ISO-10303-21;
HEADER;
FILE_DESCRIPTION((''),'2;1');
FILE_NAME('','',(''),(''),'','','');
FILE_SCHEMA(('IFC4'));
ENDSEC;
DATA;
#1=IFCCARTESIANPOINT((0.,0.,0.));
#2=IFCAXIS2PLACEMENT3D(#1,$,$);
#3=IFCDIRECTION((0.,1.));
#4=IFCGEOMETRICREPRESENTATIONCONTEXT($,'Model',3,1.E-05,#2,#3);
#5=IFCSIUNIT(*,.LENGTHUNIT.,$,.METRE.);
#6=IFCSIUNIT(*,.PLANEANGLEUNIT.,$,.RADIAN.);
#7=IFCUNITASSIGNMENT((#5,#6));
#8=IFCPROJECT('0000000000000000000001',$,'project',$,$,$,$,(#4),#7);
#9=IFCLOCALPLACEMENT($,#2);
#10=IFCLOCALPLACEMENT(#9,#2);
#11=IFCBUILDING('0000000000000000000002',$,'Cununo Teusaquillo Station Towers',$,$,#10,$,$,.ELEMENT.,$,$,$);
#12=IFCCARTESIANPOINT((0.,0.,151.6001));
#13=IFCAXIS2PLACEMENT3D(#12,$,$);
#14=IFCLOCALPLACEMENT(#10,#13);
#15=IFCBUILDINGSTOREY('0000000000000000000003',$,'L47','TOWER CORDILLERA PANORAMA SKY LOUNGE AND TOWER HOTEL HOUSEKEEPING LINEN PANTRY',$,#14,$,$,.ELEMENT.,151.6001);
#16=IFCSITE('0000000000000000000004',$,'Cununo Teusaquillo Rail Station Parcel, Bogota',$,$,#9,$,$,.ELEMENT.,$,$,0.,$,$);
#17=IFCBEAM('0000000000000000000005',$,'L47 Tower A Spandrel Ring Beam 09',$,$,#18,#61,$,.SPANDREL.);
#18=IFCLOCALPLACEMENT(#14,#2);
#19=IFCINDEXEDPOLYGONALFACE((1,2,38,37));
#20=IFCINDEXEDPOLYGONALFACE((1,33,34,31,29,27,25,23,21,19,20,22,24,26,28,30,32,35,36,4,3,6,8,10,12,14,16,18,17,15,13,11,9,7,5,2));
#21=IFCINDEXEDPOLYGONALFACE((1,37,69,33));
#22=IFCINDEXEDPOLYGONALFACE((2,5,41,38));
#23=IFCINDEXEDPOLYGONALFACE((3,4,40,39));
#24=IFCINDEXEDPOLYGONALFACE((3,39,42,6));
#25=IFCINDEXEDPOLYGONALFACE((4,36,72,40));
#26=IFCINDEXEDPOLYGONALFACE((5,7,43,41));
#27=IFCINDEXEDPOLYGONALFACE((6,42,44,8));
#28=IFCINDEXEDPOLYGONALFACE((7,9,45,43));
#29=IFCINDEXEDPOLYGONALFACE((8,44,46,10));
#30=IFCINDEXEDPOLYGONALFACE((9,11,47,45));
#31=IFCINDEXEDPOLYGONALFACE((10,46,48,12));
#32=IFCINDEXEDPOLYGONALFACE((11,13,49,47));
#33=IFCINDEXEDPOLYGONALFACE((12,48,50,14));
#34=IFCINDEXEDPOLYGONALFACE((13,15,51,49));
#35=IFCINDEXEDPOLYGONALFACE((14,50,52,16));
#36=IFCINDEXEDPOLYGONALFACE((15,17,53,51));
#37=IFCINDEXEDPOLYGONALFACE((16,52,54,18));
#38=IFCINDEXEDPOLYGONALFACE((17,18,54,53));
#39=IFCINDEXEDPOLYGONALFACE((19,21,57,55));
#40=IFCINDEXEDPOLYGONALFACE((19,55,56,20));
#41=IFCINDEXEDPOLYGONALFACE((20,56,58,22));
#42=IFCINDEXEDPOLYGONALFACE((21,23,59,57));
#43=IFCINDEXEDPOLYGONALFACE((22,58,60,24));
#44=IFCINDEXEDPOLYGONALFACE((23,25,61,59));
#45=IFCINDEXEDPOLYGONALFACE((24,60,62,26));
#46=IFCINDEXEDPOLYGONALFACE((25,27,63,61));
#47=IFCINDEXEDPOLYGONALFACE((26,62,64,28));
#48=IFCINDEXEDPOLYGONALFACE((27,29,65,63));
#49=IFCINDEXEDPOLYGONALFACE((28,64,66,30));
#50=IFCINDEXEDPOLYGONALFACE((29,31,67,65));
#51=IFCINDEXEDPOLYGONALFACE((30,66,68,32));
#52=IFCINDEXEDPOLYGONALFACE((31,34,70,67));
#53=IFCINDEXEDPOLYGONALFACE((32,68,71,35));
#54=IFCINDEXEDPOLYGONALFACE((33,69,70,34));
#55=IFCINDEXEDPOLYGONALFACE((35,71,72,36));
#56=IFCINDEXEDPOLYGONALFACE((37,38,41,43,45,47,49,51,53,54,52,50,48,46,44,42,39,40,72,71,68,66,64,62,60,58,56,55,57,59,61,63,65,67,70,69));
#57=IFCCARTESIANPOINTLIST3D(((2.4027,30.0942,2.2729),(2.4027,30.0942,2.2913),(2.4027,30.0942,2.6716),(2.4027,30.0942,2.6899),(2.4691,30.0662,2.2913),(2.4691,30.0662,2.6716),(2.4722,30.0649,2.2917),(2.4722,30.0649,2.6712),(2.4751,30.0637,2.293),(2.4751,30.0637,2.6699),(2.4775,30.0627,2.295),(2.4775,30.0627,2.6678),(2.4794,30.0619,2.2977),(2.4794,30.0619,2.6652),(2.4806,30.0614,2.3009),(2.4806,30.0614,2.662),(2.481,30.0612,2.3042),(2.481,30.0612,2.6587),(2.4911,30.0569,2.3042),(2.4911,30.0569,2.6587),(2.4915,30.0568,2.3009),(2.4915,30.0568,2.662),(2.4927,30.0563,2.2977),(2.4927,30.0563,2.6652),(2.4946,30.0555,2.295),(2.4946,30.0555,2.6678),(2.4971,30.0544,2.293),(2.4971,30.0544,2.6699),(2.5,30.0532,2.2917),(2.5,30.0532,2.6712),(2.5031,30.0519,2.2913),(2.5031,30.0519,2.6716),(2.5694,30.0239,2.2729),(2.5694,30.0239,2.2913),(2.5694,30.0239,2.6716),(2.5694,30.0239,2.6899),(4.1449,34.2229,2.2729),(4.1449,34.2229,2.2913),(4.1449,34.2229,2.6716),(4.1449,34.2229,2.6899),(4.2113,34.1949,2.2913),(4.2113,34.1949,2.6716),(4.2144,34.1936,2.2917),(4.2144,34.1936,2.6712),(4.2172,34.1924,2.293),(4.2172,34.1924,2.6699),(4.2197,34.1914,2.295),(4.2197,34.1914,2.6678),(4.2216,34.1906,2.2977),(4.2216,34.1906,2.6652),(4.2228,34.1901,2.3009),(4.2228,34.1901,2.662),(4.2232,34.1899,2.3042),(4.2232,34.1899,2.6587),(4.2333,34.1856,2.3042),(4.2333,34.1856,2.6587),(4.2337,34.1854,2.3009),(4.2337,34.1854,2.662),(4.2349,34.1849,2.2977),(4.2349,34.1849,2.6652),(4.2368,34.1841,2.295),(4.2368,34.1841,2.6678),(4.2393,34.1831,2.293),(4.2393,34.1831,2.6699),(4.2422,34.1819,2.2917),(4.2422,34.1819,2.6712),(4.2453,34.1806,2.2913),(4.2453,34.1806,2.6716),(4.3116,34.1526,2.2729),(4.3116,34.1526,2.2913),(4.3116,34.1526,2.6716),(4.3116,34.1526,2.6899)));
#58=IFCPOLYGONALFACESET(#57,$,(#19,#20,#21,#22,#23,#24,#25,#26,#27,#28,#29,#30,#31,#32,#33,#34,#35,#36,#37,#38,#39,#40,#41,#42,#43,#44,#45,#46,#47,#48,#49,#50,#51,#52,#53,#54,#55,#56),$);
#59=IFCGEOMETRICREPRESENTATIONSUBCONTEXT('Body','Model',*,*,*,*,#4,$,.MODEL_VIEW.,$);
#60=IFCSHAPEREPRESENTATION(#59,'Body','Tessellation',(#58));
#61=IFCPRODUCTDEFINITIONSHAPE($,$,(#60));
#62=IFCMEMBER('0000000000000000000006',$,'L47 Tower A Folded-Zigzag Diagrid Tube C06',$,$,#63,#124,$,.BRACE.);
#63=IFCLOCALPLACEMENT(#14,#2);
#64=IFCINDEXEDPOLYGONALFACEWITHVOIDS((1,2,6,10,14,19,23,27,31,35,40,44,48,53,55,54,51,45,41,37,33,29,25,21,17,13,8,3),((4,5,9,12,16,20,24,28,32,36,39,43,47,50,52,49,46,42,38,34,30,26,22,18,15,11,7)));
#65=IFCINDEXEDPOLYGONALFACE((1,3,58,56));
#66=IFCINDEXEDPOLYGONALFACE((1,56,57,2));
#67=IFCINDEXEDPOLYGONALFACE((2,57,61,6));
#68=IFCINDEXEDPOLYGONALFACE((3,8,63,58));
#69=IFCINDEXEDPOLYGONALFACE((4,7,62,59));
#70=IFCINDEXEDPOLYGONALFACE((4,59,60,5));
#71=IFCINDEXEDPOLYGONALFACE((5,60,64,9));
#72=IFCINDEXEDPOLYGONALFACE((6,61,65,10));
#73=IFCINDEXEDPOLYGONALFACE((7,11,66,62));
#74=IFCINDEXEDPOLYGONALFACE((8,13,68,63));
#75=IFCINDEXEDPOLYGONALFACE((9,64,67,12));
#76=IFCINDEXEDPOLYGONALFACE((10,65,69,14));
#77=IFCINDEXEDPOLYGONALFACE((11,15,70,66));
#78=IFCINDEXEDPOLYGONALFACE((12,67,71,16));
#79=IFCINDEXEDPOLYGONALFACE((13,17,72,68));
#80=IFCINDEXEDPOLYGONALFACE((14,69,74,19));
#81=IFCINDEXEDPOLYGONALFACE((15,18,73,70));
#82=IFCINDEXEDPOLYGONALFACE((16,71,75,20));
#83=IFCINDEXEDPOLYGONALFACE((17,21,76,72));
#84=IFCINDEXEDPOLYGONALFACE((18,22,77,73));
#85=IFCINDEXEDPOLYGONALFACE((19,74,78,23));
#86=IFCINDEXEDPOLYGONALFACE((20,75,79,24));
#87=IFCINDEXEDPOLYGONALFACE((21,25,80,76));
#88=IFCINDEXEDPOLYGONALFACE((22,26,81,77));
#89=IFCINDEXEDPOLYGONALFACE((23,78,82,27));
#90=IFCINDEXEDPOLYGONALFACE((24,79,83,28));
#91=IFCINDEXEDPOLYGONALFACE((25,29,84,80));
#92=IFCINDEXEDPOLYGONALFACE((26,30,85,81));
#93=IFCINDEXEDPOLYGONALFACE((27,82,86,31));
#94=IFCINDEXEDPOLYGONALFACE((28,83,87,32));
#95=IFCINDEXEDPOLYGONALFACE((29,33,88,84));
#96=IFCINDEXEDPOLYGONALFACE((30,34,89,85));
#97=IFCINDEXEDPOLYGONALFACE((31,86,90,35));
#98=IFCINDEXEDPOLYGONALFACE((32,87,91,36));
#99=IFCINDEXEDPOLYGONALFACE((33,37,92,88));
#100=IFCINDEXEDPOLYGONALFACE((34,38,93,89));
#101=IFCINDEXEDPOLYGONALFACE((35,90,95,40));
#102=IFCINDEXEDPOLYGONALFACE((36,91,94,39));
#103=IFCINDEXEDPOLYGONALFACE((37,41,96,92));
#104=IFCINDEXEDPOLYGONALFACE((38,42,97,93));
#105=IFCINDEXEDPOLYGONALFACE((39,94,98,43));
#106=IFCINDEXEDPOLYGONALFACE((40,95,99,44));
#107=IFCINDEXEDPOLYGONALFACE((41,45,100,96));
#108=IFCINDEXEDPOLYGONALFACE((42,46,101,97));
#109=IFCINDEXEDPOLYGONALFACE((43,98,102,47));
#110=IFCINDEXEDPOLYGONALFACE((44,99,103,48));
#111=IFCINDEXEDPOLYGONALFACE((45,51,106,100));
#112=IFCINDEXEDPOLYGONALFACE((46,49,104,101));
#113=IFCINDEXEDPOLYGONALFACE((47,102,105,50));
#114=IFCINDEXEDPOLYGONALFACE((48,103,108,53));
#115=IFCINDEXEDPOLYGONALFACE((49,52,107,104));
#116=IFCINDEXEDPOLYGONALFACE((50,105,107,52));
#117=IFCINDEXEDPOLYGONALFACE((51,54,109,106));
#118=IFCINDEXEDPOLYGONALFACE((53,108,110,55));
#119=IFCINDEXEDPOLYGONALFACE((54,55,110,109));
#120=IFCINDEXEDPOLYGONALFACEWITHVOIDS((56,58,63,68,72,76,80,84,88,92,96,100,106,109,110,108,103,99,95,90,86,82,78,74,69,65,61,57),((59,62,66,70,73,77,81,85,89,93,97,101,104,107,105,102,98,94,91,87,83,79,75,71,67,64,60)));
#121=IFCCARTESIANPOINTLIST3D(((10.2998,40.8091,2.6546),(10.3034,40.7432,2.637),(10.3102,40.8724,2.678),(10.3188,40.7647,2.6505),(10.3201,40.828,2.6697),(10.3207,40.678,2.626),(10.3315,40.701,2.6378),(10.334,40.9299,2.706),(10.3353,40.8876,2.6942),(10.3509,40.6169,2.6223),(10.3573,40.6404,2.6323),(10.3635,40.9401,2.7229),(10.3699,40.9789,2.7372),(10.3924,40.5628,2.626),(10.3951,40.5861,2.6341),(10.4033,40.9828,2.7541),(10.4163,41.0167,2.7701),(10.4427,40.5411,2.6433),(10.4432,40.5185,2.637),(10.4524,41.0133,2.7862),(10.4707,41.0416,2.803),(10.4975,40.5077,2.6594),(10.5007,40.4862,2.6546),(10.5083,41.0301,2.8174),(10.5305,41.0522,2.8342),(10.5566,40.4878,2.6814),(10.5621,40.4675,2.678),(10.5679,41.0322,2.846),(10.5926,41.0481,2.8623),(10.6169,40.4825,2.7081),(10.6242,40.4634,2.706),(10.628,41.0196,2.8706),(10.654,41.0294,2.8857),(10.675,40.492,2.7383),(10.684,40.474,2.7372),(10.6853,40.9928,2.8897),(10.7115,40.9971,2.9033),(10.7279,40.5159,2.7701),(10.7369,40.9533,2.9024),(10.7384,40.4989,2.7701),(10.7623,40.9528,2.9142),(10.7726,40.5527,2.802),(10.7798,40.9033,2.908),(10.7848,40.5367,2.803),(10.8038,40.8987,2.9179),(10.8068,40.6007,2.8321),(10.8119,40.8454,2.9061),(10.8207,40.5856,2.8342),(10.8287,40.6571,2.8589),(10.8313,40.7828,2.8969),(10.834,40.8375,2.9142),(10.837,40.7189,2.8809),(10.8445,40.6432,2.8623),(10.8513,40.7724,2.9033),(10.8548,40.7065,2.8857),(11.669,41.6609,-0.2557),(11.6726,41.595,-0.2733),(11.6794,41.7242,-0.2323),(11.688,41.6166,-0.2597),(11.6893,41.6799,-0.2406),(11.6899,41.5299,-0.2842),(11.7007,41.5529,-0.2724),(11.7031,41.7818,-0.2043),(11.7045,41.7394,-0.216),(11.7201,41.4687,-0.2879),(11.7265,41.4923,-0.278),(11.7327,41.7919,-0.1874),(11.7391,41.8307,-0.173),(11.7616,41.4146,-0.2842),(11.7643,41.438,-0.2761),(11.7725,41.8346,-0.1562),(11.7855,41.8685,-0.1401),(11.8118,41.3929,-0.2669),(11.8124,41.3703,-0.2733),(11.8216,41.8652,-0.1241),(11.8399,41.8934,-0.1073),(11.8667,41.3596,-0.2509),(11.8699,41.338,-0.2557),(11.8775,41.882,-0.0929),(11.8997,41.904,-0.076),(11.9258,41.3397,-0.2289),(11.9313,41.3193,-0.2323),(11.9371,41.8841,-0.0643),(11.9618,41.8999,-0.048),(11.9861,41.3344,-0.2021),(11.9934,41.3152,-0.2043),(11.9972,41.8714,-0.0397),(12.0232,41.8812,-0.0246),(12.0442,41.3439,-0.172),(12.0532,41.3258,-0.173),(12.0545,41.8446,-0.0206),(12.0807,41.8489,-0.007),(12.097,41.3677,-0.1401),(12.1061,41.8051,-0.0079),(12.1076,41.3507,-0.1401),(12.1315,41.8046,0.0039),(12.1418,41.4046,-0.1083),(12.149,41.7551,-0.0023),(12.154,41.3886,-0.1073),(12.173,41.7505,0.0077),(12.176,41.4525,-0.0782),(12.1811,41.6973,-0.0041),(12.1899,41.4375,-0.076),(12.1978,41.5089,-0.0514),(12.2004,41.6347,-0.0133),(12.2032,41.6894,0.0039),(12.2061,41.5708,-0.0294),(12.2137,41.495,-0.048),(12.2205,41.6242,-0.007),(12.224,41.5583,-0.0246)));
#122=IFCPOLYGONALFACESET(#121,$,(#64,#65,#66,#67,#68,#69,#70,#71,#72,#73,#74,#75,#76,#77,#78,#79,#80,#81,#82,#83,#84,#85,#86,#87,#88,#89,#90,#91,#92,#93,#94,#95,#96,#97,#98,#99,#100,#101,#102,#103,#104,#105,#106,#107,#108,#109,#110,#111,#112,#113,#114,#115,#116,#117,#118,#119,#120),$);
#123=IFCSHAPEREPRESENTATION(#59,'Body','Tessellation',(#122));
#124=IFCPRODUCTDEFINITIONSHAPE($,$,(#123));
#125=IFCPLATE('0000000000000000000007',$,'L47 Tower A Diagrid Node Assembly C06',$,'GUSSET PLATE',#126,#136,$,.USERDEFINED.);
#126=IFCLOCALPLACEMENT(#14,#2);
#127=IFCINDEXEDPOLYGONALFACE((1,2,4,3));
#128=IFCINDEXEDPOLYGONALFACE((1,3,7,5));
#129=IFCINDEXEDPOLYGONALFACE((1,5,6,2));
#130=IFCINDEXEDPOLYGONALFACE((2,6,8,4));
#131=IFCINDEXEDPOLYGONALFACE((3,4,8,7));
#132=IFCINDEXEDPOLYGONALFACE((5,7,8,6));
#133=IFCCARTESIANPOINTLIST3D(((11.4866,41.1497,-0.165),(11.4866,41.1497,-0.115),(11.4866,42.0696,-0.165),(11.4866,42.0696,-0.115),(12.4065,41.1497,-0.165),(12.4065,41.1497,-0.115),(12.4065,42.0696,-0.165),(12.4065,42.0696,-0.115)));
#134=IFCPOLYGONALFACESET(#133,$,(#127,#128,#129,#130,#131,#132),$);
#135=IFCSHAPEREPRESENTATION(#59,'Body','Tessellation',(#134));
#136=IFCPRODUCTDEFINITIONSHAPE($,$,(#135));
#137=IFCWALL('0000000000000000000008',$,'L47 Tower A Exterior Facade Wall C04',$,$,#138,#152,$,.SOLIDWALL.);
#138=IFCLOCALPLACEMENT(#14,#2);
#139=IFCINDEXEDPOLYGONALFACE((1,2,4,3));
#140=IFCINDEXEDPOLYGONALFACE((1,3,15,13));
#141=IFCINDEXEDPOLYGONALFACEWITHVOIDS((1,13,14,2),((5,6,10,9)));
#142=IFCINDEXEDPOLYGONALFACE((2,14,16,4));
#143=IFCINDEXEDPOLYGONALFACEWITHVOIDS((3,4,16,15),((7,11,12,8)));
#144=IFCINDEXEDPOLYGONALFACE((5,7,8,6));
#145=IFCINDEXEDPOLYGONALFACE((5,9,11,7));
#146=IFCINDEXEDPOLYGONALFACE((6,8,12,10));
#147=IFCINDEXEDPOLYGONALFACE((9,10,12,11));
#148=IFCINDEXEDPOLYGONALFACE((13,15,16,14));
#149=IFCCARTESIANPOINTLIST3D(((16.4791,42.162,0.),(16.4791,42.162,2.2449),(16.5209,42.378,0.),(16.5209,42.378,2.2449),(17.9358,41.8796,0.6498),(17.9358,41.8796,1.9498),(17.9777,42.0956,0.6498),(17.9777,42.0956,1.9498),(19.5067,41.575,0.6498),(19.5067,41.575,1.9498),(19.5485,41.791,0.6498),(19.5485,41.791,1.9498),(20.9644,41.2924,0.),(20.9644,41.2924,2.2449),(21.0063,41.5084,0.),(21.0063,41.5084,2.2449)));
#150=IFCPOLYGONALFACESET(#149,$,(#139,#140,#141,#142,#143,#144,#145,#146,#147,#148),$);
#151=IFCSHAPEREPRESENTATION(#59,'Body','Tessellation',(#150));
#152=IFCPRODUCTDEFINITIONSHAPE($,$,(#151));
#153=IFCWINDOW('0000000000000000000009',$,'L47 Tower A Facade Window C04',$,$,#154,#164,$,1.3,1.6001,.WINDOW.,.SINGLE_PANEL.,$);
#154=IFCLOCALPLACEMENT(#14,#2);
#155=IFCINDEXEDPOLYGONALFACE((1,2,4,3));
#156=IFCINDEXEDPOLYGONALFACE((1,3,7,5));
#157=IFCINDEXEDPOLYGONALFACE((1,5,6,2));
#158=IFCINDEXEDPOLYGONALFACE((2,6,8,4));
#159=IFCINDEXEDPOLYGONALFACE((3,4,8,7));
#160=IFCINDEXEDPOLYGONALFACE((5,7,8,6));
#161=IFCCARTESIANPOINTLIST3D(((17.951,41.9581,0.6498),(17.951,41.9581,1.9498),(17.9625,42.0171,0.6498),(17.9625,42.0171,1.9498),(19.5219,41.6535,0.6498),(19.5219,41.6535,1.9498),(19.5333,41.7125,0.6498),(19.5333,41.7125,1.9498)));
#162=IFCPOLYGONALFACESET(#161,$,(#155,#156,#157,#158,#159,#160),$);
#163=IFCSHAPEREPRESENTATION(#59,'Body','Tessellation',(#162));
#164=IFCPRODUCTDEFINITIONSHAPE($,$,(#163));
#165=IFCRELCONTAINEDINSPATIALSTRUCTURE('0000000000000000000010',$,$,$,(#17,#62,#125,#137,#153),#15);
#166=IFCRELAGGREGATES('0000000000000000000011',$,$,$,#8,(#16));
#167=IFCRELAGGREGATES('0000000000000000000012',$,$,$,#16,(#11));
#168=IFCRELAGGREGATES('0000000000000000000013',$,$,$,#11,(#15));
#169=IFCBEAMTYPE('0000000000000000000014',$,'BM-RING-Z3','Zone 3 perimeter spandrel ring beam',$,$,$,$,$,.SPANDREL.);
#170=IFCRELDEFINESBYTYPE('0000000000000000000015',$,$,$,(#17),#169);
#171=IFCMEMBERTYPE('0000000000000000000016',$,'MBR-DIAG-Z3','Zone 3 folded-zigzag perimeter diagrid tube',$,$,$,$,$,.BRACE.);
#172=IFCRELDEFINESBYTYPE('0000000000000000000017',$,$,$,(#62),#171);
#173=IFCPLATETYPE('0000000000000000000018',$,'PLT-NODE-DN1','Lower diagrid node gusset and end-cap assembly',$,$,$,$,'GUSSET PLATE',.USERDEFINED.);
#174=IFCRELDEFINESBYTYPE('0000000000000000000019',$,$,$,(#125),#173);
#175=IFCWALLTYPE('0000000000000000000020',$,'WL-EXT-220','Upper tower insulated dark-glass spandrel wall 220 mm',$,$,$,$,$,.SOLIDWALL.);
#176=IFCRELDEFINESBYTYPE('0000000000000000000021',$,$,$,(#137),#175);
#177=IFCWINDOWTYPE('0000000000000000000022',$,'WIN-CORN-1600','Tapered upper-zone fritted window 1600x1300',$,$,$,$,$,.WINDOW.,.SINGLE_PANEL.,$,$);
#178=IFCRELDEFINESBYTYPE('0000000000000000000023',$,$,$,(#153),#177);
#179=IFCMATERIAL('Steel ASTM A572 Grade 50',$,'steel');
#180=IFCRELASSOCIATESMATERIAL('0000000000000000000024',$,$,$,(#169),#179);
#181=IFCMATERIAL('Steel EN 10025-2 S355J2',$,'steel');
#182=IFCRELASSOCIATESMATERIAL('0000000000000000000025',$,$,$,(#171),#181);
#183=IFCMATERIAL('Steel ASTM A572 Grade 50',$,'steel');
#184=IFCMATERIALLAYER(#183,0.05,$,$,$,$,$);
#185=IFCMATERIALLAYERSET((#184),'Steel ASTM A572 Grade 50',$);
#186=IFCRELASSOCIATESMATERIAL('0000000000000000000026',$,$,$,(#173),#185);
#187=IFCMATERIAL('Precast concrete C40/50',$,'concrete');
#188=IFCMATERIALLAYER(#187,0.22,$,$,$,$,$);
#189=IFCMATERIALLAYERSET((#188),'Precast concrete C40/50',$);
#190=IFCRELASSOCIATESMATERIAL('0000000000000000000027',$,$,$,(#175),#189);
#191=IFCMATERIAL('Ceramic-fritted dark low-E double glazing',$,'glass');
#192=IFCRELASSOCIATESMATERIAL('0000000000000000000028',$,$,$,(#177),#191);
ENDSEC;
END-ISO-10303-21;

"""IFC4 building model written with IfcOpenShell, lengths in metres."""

from ifc_helpers import new_model, si_unit, direction, frame, frame_2d, origin, origin_2d, place, context, subcontext, project, spatial, rectangle, hollow_circle, i_section, extrude, source, transform, mapped, material, layer, layer_set, material_profile, profile_set, type_object, element, fill, save


model = new_model("IFC4")

# Units and contexts
model_context = context("Model", 3, precision=1e-05, world=origin(), true_north=direction((0.0, 1.0)))
body_context = subcontext(model_context, "Body", "Model", "MODEL_VIEW")
ifc_project = project(units=[si_unit("LENGTHUNIT", "METRE"), si_unit("PLANEANGLEUNIT", "RADIAN")], contexts=[model_context])

# Site, building, storey
site_placement = place(None, origin())
site = spatial("IfcSite", under=ifc_project, at=site_placement, Name="Cununo Teusaquillo Rail Station Parcel, Bogota", CompositionType="ELEMENT", RefElevation=0.0)
building_placement = place(site_placement, origin())
building = spatial("IfcBuilding", under=site, at=building_placement, Name="Cununo Teusaquillo Station Towers", CompositionType="ELEMENT")
storey_placement = place(building_placement, frame((0.0, 0.0, 151.6001)))
storey = spatial("IfcBuildingStorey", under=building, at=storey_placement, Name="L47", Description="TOWER CORDILLERA PANORAMA SKY LOUNGE AND TOWER HOTEL HOUSEKEEPING LINEN PANTRY", CompositionType="ELEMENT", Elevation=151.6001)

# Beam
ifc_material_1 = material(Name="Steel ASTM A572 Grade 50", Category="steel")
ifc_material_profile_1 = material_profile(ifc_material_1, i_section(OverallWidth=0.1809, OverallDepth=0.417, WebThickness=0.011, FlangeThickness=0.0183, FilletRadius=0.0129, at=origin_2d()), Name="W16X57")
ifc_profile_set_1 = profile_set([ifc_material_profile_1], Name="Steel ASTM A572 Grade 50")
beam_type_1 = type_object("IfcBeamType", Name="BM-RING-Z3", Description="Zone 3 perimeter spandrel ring beam", PredefinedType="SPANDREL", material=ifc_profile_set_1)
beam_1_placement = place(storey_placement, frame((4.2283, 34.1877, 2.4814), z_axis=(-0.388778, -0.921332, 0.0), x_axis=(0.921332, -0.388778, 0.0)))
element("IfcBeam", 1, at=beam_1_placement, inside=storey, type_object=beam_type_1, Name="L47 Tower A Spandrel Ring Beam 09", PredefinedType="SPANDREL", context=body_context, shape_type="SweptSolid", body=[
    extrude(i_section(OverallWidth=0.1809, OverallDepth=0.417, WebThickness=0.011, FlangeThickness=0.0183, FilletRadius=0.0129, at=origin_2d()), origin(), (0.0, 0.0, 1.0), 4.4812),
])

# Member
ifc_material_2 = material(Name="Steel EN 10025-2 S355J2", Category="steel")
ifc_material_profile_2 = material_profile(ifc_material_2, hollow_circle(Radius=0.3049, WallThickness=0.02, at=origin_2d()), Name="CHS 610x20")
ifc_profile_set_2 = profile_set([ifc_material_profile_2], Name="Steel EN 10025-2 S355J2")
member_type = type_object("IfcMemberType", Name="MBR-DIAG-Z3", Description="Zone 3 folded-zigzag perimeter diagrid tube", PredefinedType="BRACE", material=ifc_profile_set_2)
member_placement = place(storey_placement, frame((11.9465, 41.6096, -0.1401), z_axis=(-0.41152, -0.256026, 0.874701), x_axis=(0.528256, -0.849085, 0.0)))
element("IfcMember", 2, at=member_placement, inside=storey, type_object=member_type, Name="L47 Tower A Folded-Zigzag Diagrid Tube C06", PredefinedType="BRACE", context=body_context, shape_type="SweptSolid", body=[
    extrude(hollow_circle(Radius=0.3049, WallThickness=0.02, at=origin_2d()), origin(), (0.0, 0.0, 1.0), 3.3271),
])

# Plate
ifc_material_3 = material(Name="Steel ASTM A572 Grade 50", Category="steel")
ifc_layer_1 = layer(ifc_material_3, 0.05)
ifc_layer_set_1 = layer_set([ifc_layer_1], Name="Steel ASTM A572 Grade 50")
plate_type = type_object("IfcPlateType", Name="PLT-NODE-DN1", Description="Lower diagrid node gusset and end-cap assembly", ElementType="GUSSET PLATE", PredefinedType="USERDEFINED", material=ifc_layer_set_1)
shared_shape_1 = source(origin(), body_context, "Body", "SweptSolid", [
    extrude(rectangle(XDim=0.9199, YDim=0.9199, at=origin_2d()), origin(), (0.0, 0.0, 1.0), 0.05),
])
plate_placement = place(storey_placement, frame((11.9465, 41.6096, -0.165), z_axis=(0.0, 0.0, 1.0), x_axis=(1.0, 0.0, 0.0)))
element("IfcPlate", 3, at=plate_placement, inside=storey, type_object=plate_type, Name="L47 Tower A Diagrid Node Assembly C06", ObjectType="GUSSET PLATE", PredefinedType="USERDEFINED", context=body_context, shape_type="MappedRepresentation", body=[
    mapped(shared_shape_1, transform((0.0, 0.0, 0.0), x_axis=(1.0, 0.0, 0.0), y_axis=(0.0, 1.0, 0.0), z_axis=(0.0, 0.0, 1.0), scale=1.0)),
])

# Wall, opening, window
ifc_material_4 = material(Name="Precast concrete C40/50", Category="concrete")
ifc_layer_2 = layer(ifc_material_4, 0.22)
ifc_layer_set_2 = layer_set([ifc_layer_2], Name="Precast concrete C40/50")
wall_type_1 = type_object("IfcWallType", Name="WL-EXT-220", Description="Upper tower insulated dark-glass spandrel wall 220 mm", PredefinedType="SOLIDWALL", material=ifc_layer_set_2)
wall_1_placement = place(storey_placement, frame((16.5, 42.27, 0.0), z_axis=(0.0, 0.0, 1.0), x_axis=(0.981719, -0.190338, 0.0)))
wall_1 = element("IfcWall", 4, at=wall_1_placement, inside=storey, type_object=wall_type_1, Name="L47 Tower A Exterior Facade Wall C04", PredefinedType="SOLIDWALL", context=body_context, shape_type="SweptSolid", body=[
    extrude(rectangle(XDim=4.5688, YDim=0.22, at=frame_2d((2.2844, 0.0))), origin(), (0.0, 0.0, 1.0), 2.2449),
])
shared_shape_2 = source(origin(), body_context, "Body", "SweptSolid", [
    extrude(rectangle(XDim=1.6001, YDim=1.3, at=frame_2d((0.8, 0.6499))), frame((0.0, 0.1199, 0.0), z_axis=(0.0, -1.0, 0.0), x_axis=(1.0, 0.0, 0.0)), (0.0, 0.0, 1.0), 0.24),
])
opening_1_placement = place(wall_1_placement, frame((1.4839, 0.0, 0.6499)))
opening_1 = element("IfcOpeningElement", 5, at=opening_1_placement, cuts=wall_1, PredefinedType="OPENING", context=body_context, shape_type="MappedRepresentation", body=[
    mapped(shared_shape_2, transform((0.0, 0.0, 0.0), x_axis=(1.0, 0.0, 0.0), y_axis=(0.0, 1.0, 0.0), z_axis=(0.0, 0.0, 1.0), scale=1.0)),
])
ifc_material_5 = material(Name="Ceramic-fritted dark low-E double glazing", Category="glass")
window_type = type_object("IfcWindowType", Name="WIN-CORN-1600", Description="Tapered upper-zone fritted window 1600x1300", PartitioningType="SINGLE_PANEL", PredefinedType="WINDOW", material=ifc_material_5)
shared_shape_3 = source(origin(), body_context, "Body", "SweptSolid", [
    extrude(rectangle(XDim=1.6001, YDim=1.3, at=frame_2d((0.8, 0.6499))), frame((0.0, 0.03, 0.0), z_axis=(0.0, -1.0, 0.0), x_axis=(1.0, 0.0, 0.0)), (0.0, 0.0, 1.0), 0.0601),
])
window_1_placement = place(opening_1_placement, origin())
window_1 = element("IfcWindow", 6, at=window_1_placement, inside=storey, type_object=window_type, Name="L47 Tower A Facade Window C04", OverallHeight=1.3, OverallWidth=1.6001, PartitioningType="SINGLE_PANEL", PredefinedType="WINDOW", context=body_context, shape_type="MappedRepresentation", body=[
    mapped(shared_shape_3, transform((0.0, 0.0, 0.0), x_axis=(1.0, 0.0, 0.0), y_axis=(0.0, 1.0, 0.0), z_axis=(0.0, 0.0, 1.0), scale=1.0)),
])
fill(opening_1, window_1)

save(model, "model.ifc")
